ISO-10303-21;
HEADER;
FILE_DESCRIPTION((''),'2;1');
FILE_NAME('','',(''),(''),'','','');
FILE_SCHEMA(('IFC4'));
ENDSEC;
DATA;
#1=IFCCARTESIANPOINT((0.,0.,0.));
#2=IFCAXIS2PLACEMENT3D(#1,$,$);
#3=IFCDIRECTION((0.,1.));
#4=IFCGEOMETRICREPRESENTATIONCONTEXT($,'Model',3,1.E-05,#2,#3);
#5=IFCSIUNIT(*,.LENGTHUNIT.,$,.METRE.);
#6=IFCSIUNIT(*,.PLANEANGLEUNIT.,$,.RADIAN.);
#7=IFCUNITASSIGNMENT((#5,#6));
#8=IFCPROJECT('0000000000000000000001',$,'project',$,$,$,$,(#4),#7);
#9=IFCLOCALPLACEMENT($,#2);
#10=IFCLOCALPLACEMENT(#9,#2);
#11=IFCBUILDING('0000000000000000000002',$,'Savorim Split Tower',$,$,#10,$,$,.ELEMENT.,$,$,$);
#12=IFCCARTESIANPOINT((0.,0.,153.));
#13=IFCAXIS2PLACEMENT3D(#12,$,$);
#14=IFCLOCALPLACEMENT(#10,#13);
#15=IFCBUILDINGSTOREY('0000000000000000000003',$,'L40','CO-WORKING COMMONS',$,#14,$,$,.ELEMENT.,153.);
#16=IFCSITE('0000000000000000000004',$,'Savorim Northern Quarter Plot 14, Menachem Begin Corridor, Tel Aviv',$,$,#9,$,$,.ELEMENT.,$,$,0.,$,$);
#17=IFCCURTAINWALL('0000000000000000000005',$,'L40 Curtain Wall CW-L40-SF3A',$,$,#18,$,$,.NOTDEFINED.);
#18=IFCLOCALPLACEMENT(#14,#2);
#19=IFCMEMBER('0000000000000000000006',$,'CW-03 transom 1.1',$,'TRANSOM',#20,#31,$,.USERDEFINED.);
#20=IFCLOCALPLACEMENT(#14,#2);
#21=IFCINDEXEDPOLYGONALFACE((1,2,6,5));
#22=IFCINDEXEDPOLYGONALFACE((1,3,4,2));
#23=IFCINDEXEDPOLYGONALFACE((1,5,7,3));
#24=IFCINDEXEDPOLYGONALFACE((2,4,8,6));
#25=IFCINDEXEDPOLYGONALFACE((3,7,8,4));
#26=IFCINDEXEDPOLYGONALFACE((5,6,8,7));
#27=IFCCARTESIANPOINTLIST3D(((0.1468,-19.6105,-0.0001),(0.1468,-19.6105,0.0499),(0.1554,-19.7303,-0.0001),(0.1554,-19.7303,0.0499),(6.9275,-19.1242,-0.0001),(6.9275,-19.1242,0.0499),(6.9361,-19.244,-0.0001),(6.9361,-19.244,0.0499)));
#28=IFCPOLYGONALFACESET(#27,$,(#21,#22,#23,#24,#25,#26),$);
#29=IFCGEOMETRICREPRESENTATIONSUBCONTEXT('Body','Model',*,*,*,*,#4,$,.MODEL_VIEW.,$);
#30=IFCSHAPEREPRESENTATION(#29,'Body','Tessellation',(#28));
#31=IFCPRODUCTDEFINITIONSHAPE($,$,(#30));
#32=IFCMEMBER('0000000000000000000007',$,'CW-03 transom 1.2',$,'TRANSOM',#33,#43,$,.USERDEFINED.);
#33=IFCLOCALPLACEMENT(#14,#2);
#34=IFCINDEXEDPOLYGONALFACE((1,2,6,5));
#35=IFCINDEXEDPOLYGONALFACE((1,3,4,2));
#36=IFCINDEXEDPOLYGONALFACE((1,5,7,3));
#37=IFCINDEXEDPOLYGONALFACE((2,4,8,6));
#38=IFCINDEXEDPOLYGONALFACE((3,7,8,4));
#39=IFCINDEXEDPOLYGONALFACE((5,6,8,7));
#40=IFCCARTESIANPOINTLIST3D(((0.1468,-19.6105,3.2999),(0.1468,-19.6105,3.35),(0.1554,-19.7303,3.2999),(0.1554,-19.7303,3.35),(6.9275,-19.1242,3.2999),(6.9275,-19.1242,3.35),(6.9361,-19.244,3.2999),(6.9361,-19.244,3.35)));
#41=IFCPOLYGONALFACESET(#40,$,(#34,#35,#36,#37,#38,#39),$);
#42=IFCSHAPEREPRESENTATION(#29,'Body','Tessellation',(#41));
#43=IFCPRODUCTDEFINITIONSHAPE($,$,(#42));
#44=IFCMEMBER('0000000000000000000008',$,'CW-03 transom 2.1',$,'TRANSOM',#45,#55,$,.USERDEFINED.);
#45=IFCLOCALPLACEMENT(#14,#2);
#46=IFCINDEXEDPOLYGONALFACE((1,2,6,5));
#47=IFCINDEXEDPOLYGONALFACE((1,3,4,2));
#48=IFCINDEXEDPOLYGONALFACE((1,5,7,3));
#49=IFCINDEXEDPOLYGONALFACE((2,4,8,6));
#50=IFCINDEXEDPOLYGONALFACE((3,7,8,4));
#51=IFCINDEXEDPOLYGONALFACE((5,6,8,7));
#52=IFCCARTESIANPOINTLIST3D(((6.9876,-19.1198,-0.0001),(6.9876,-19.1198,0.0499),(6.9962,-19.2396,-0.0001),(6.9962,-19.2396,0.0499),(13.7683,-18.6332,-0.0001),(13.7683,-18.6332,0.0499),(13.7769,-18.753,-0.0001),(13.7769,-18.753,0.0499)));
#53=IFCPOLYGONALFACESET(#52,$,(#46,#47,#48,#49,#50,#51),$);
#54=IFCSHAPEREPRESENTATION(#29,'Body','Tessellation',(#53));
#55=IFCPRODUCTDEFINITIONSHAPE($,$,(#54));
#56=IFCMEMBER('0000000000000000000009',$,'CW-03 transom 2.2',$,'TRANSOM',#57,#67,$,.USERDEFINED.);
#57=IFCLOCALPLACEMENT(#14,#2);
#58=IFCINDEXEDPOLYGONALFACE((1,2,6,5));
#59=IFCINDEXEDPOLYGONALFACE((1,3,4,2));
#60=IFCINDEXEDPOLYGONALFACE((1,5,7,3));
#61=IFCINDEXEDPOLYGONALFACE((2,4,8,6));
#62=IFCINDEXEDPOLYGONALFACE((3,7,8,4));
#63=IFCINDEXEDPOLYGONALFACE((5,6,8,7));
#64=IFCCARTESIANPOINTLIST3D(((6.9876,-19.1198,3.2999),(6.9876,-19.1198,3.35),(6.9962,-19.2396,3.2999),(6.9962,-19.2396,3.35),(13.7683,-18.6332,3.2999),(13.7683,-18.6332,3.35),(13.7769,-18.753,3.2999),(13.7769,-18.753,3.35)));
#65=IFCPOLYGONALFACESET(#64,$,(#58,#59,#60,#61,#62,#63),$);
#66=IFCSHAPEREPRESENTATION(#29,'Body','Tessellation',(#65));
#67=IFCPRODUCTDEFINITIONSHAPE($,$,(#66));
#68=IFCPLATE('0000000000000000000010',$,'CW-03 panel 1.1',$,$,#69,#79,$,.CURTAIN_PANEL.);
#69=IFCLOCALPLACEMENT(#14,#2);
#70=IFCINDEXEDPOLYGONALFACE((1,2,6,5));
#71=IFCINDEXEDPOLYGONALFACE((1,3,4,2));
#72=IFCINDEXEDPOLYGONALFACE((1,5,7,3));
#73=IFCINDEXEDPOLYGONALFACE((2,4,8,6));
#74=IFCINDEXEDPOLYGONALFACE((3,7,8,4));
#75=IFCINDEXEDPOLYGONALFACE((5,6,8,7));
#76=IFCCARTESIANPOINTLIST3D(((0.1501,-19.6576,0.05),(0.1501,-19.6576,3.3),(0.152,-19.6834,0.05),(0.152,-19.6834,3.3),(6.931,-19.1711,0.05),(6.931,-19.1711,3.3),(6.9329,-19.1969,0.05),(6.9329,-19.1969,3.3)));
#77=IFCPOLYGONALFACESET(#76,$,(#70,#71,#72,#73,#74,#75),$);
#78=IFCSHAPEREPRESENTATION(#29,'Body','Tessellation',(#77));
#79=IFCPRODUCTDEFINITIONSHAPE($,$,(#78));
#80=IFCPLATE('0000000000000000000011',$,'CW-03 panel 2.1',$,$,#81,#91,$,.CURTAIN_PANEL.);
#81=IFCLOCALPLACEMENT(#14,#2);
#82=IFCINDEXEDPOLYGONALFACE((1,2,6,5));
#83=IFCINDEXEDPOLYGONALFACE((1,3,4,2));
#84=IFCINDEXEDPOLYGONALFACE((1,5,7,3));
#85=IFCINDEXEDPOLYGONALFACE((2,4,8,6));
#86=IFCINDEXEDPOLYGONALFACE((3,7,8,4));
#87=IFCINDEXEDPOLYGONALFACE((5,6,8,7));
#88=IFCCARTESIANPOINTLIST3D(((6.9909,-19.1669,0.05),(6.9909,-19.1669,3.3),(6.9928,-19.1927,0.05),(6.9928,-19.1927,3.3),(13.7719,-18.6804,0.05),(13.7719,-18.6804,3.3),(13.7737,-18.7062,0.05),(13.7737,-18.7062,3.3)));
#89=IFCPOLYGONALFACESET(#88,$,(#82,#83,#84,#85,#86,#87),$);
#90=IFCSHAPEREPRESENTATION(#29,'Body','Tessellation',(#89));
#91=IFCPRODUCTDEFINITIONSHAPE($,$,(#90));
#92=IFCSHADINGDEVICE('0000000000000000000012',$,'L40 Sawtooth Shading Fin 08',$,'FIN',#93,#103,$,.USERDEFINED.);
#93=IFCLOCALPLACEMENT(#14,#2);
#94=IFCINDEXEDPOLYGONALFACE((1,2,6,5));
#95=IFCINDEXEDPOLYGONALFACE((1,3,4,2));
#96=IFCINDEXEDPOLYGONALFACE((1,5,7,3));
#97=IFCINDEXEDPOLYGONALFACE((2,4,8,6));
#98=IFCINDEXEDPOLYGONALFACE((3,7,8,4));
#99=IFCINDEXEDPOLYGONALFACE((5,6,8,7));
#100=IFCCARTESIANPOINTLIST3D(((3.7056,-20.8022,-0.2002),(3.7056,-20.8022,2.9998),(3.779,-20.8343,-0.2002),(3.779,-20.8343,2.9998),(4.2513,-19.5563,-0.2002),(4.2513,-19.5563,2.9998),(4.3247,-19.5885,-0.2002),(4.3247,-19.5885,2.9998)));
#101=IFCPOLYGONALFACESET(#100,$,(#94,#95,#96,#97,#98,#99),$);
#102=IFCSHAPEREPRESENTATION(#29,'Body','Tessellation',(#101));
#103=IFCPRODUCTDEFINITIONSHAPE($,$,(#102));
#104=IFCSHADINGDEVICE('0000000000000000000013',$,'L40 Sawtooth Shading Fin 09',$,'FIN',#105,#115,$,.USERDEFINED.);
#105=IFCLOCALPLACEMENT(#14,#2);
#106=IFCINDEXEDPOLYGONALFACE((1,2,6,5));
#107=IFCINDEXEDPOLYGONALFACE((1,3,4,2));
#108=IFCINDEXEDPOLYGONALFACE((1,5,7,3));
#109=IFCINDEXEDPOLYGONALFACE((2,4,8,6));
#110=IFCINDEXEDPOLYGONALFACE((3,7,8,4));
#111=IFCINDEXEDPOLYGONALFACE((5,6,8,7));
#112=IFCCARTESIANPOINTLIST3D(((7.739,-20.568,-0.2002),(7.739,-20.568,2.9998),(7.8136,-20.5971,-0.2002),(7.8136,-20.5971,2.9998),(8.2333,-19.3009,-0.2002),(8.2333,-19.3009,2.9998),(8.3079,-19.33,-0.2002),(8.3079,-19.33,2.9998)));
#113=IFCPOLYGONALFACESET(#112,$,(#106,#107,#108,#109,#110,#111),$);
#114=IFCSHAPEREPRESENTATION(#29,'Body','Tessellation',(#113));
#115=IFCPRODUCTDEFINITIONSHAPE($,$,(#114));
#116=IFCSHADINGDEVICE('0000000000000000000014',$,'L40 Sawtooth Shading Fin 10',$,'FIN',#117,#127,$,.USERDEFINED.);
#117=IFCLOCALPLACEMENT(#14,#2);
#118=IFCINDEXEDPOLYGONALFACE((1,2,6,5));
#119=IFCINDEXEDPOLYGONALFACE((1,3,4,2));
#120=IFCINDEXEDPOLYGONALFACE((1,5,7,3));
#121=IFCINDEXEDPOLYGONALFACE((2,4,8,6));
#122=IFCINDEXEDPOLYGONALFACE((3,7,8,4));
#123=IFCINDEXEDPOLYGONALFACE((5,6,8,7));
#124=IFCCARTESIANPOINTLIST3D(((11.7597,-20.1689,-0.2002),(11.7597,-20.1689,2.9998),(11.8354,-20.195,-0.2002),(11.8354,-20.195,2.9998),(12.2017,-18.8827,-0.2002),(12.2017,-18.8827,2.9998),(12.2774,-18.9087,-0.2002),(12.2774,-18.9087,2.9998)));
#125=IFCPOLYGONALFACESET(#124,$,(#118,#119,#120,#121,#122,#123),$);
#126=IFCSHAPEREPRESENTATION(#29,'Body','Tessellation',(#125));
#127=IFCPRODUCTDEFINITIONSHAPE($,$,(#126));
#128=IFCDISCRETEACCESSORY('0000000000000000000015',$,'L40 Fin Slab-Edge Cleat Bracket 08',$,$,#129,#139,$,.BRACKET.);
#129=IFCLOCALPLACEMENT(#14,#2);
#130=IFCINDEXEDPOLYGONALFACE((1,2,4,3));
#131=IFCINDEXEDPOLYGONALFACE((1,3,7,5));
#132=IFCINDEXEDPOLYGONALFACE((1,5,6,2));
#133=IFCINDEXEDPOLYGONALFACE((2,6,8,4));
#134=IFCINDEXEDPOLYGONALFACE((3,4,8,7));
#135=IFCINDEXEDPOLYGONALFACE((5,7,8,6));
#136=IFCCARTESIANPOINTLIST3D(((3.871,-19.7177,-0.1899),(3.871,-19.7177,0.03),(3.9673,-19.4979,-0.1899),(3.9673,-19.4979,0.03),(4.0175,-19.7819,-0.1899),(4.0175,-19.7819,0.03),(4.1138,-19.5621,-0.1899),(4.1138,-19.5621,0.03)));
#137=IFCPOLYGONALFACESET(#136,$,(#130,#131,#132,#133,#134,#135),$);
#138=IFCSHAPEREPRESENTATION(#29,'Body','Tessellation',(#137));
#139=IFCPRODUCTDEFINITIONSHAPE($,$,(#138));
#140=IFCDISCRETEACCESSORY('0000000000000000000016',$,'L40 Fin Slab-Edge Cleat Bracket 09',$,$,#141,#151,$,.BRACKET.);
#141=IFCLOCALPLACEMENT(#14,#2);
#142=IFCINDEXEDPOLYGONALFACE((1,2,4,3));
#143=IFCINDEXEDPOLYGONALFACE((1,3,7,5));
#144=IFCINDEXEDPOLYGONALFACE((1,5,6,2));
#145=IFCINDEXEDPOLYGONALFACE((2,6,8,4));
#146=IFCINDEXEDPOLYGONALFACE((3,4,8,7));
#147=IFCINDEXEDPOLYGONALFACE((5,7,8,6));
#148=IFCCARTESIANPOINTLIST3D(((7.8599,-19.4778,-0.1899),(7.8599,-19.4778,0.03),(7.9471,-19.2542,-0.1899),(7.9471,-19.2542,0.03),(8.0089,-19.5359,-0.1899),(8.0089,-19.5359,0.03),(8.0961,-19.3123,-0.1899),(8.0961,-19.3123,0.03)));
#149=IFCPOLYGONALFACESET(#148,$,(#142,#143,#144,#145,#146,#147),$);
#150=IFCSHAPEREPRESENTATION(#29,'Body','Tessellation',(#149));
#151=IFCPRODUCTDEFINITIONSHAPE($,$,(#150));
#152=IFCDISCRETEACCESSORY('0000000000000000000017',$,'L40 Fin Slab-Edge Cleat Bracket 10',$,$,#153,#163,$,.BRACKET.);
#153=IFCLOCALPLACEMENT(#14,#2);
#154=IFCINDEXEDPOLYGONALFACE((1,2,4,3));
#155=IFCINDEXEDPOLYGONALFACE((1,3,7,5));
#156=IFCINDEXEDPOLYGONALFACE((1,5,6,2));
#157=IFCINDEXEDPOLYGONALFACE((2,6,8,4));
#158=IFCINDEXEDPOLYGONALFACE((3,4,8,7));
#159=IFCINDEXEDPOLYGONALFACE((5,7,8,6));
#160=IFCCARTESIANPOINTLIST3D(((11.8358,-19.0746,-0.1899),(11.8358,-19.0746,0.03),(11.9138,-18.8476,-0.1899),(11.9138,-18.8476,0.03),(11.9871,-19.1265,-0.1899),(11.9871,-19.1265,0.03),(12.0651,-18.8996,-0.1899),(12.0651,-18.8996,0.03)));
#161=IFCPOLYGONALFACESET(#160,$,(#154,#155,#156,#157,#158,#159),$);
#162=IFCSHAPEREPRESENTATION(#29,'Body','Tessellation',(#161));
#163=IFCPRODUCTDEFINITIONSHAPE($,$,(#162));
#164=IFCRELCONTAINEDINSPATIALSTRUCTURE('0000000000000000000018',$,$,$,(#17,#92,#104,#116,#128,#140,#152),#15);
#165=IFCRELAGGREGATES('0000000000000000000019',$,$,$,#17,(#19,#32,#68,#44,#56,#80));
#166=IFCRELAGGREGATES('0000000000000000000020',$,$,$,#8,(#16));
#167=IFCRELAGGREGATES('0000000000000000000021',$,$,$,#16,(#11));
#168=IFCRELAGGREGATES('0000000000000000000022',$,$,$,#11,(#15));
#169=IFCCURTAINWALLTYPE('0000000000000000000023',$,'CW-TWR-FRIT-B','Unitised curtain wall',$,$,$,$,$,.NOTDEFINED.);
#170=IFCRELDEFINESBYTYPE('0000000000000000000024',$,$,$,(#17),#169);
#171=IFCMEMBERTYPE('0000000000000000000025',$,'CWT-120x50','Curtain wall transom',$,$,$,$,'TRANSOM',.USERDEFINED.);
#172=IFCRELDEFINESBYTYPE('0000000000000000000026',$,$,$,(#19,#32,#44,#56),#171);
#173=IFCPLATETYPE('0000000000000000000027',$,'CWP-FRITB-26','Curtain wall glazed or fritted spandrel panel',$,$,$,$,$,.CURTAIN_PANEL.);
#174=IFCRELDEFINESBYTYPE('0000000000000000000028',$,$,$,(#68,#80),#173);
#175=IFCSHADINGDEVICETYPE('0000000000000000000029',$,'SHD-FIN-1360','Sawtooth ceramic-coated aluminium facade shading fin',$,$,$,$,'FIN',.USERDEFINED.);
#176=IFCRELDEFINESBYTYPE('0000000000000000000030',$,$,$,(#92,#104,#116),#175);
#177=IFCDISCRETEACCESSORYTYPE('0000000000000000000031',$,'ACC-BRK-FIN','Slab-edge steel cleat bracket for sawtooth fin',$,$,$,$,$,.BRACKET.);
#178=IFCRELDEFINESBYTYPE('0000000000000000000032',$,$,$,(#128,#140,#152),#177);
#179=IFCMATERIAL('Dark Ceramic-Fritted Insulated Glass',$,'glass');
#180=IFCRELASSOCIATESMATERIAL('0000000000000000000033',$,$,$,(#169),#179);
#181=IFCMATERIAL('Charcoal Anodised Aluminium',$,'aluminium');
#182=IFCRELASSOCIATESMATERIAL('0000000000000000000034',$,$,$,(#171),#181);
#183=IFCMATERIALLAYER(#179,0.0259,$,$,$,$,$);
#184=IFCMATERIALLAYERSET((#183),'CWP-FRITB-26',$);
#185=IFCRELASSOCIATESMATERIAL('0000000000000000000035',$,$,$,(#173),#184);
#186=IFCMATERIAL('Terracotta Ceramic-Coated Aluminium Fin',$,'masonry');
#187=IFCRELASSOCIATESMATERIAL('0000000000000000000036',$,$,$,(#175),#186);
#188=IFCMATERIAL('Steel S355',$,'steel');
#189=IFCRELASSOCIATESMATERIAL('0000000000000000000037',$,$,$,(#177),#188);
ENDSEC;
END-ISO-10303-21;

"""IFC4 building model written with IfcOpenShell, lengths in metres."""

from ifc_helpers import new_model, si_unit, direction, frame, origin, origin_2d, place, context, subcontext, project, spatial, rectangle, extrude, material, layer, layer_set, material_profile, profile_set, type_object, element, aggregate, save


model = new_model("IFC4")

# Units and contexts
model_context = context("Model", 3, precision=1e-05, world=origin(), true_north=direction((0.0, 1.0)))
body_context = subcontext(model_context, "Body", "Model", "MODEL_VIEW")
ifc_project = project(units=[si_unit("LENGTHUNIT", "METRE"), si_unit("PLANEANGLEUNIT", "RADIAN")], contexts=[model_context])

# Site, building, storey
site_placement = place(None, origin())
site = spatial("IfcSite", under=ifc_project, at=site_placement, Name="Savorim Northern Quarter Plot 14, Menachem Begin Corridor, Tel Aviv", CompositionType="ELEMENT", RefElevation=0.0)
building_placement = place(site_placement, origin())
building = spatial("IfcBuilding", under=site, at=building_placement, Name="Savorim Split Tower", CompositionType="ELEMENT")
storey_placement = place(building_placement, frame((0.0, 0.0, 153.0)))
storey = spatial("IfcBuildingStorey", under=building, at=storey_placement, Name="L40", Description="CO-WORKING COMMONS", CompositionType="ELEMENT", Elevation=153.0)

# Shared definitions
ifc_material_1 = material(Name="Steel S355", Category="steel")

# Curtain wall, members, plates
ifc_material_2 = material(Name="Dark Ceramic-Fritted Insulated Glass", Category="glass")
curtain_wall_type = type_object("IfcCurtainWallType", Name="CW-TWR-FRIT-B", Description="Unitised curtain wall", PredefinedType="NOTDEFINED", material=ifc_material_2)
curtain_wall_placement = place(storey_placement, origin())
curtain_wall = element("IfcCurtainWall", 1, at=curtain_wall_placement, inside=storey, type_object=curtain_wall_type, Name="L40 Curtain Wall CW-L40-SF3A", PredefinedType="NOTDEFINED")
ifc_material_3 = material(Name="Charcoal Anodised Aluminium", Category="aluminium")
ifc_material_profile_1 = material_profile(ifc_material_3, rectangle(XDim=0.1201, YDim=0.05, at=origin_2d()), Name="ALU-T 120x50")
ifc_profile_set_1 = profile_set([ifc_material_profile_1], Name="Charcoal Anodised Aluminium")
member_type_1 = type_object("IfcMemberType", Name="CWT-120x50", Description="Curtain wall transom", ElementType="TRANSOM", PredefinedType="USERDEFINED", material=ifc_profile_set_1)
member_1_placement = place(storey_placement, frame((0.1511, -19.6704, 0.0249), z_axis=(0.997438, 0.071538, 0.0), x_axis=(-0.071538, 0.997438, 0.0)))
member_1 = element("IfcMember", 2, at=member_1_placement, type_object=member_type_1, Name="CW-03 transom 1.1", ObjectType="TRANSOM", PredefinedType="USERDEFINED", context=body_context, shape_type="SweptSolid", body=[
    extrude(rectangle(XDim=0.1201, YDim=0.05, at=origin_2d()), origin(), (0.0, 0.0, 1.0), 6.7981),
])
member_2_placement = place(storey_placement, frame((0.1511, -19.6704, 3.325), z_axis=(0.997438, 0.071538, 0.0), x_axis=(-0.071538, 0.997438, 0.0)))
member_2 = element("IfcMember", 3, at=member_2_placement, type_object=member_type_1, Name="CW-03 transom 1.2", ObjectType="TRANSOM", PredefinedType="USERDEFINED", context=body_context, shape_type="SweptSolid", body=[
    extrude(rectangle(XDim=0.1201, YDim=0.05, at=origin_2d()), origin(), (0.0, 0.0, 1.0), 6.7981),
])
member_3_placement = place(storey_placement, frame((6.9919, -19.1797, 0.0249), z_axis=(0.997435, 0.071574, 0.0), x_axis=(-0.071574, 0.997435, 0.0)))
member_3 = element("IfcMember", 4, at=member_3_placement, type_object=member_type_1, Name="CW-03 transom 2.1", ObjectType="TRANSOM", PredefinedType="USERDEFINED", context=body_context, shape_type="SweptSolid", body=[
    extrude(rectangle(XDim=0.1201, YDim=0.05, at=origin_2d()), origin(), (0.0, 0.0, 1.0), 6.7981),
])
member_4_placement = place(storey_placement, frame((6.9919, -19.1797, 3.325), z_axis=(0.997435, 0.071574, 0.0), x_axis=(-0.071574, 0.997435, 0.0)))
member_4 = element("IfcMember", 5, at=member_4_placement, type_object=member_type_1, Name="CW-03 transom 2.2", ObjectType="TRANSOM", PredefinedType="USERDEFINED", context=body_context, shape_type="SweptSolid", body=[
    extrude(rectangle(XDim=0.1201, YDim=0.05, at=origin_2d()), origin(), (0.0, 0.0, 1.0), 6.7981),
])
ifc_layer = layer(ifc_material_2, 0.0259)
ifc_layer_set = layer_set([ifc_layer], Name="CWP-FRITB-26")
plate_type = type_object("IfcPlateType", Name="CWP-FRITB-26", Description="Curtain wall glazed or fritted spandrel panel", PredefinedType="CURTAIN_PANEL", material=ifc_layer_set)
plate_1_placement = place(storey_placement, frame((3.5415, -19.4272, 0.05), z_axis=(0.0, 0.0, 1.0), x_axis=(0.997436, 0.071563, 0.0)))
plate_1 = element("IfcPlate", 6, at=plate_1_placement, type_object=plate_type, Name="CW-03 panel 1.1", PredefinedType="CURTAIN_PANEL", context=body_context, shape_type="SweptSolid", body=[
    extrude(rectangle(XDim=6.7983, YDim=0.0259, at=origin_2d()), origin(), (0.0, 0.0, 1.0), 3.25),
])
plate_2_placement = place(storey_placement, frame((10.3823, -18.9365, 0.05), z_axis=(0.0, 0.0, 1.0), x_axis=(0.997436, 0.071563, 0.0)))
plate_2 = element("IfcPlate", 7, at=plate_2_placement, type_object=plate_type, Name="CW-03 panel 2.1", PredefinedType="CURTAIN_PANEL", context=body_context, shape_type="SweptSolid", body=[
    extrude(rectangle(XDim=6.7983, YDim=0.0259, at=origin_2d()), origin(), (0.0, 0.0, 1.0), 3.25),
])
aggregate(curtain_wall, [member_1, member_2, plate_1, member_3, member_4, plate_2])

# Shading devices
ifc_material_4 = material(Name="Terracotta Ceramic-Coated Aluminium Fin", Category="masonry")
shading_device_type = type_object("IfcShadingDeviceType", Name="SHD-FIN-1360", Description="Sawtooth ceramic-coated aluminium facade shading fin", ElementType="FIN", PredefinedType="USERDEFINED", material=ifc_material_4)
for number, where, z_axis, x_axis, name in (
    (8, (4.0151, -20.1953, -0.2002), (0.0, 0.0, 1.0), (-0.40123, -0.915977, 0.0), "L40 Sawtooth Shading Fin 08"),
    (9, (8.0234, -19.949, -0.2002), (0.0, 0.0, 1.0), (-0.363415, -0.931627, 0.0), "L40 Sawtooth Shading Fin 09"),
    (10, (12.0186, -19.5388, -0.2002), (0.0, 0.0, 1.0), (-0.324994, -0.945716, 0.0), "L40 Sawtooth Shading Fin 10"),
):
    element("IfcShadingDevice", number, at=place(storey_placement, frame(where, z_axis=z_axis, x_axis=x_axis)), inside=storey, type_object=shading_device_type, Name=name, ObjectType="FIN", PredefinedType="USERDEFINED", context=body_context, shape_type="SweptSolid", body=[
        extrude(rectangle(XDim=1.3601, YDim=0.0801, at=origin_2d()), origin(), (0.0, 0.0, 1.0), 3.2),
    ])

# Discrete accessories
discrete_accessory_type = type_object("IfcDiscreteAccessoryType", Name="ACC-BRK-FIN", Description="Slab-edge steel cleat bracket for sawtooth fin", PredefinedType="BRACKET", material=ifc_material_1)
for number, where, z_axis, x_axis, name in (
    (11, (3.9924, -19.6399, -0.1899), (0.0, 0.0, 1.0), (-0.40123, -0.915977, 0.0), "L40 Fin Slab-Edge Cleat Bracket 08"),
    (12, (7.978, -19.395, -0.1899), (0.0, 0.0, 1.0), (-0.363415, -0.931627, 0.0), "L40 Fin Slab-Edge Cleat Bracket 09"),
    (13, (11.9504, -18.9871, -0.1899), (0.0, 0.0, 1.0), (-0.324994, -0.945716, 0.0), "L40 Fin Slab-Edge Cleat Bracket 10"),
):
    element("IfcDiscreteAccessory", number, at=place(storey_placement, frame(where, z_axis=z_axis, x_axis=x_axis)), inside=storey, type_object=discrete_accessory_type, Name=name, PredefinedType="BRACKET", context=body_context, shape_type="SweptSolid", body=[
        extrude(rectangle(XDim=0.24, YDim=0.1599, at=origin_2d()), origin(), (0.0, 0.0, 1.0), 0.22),
    ])

save(model, "model.ifc")
